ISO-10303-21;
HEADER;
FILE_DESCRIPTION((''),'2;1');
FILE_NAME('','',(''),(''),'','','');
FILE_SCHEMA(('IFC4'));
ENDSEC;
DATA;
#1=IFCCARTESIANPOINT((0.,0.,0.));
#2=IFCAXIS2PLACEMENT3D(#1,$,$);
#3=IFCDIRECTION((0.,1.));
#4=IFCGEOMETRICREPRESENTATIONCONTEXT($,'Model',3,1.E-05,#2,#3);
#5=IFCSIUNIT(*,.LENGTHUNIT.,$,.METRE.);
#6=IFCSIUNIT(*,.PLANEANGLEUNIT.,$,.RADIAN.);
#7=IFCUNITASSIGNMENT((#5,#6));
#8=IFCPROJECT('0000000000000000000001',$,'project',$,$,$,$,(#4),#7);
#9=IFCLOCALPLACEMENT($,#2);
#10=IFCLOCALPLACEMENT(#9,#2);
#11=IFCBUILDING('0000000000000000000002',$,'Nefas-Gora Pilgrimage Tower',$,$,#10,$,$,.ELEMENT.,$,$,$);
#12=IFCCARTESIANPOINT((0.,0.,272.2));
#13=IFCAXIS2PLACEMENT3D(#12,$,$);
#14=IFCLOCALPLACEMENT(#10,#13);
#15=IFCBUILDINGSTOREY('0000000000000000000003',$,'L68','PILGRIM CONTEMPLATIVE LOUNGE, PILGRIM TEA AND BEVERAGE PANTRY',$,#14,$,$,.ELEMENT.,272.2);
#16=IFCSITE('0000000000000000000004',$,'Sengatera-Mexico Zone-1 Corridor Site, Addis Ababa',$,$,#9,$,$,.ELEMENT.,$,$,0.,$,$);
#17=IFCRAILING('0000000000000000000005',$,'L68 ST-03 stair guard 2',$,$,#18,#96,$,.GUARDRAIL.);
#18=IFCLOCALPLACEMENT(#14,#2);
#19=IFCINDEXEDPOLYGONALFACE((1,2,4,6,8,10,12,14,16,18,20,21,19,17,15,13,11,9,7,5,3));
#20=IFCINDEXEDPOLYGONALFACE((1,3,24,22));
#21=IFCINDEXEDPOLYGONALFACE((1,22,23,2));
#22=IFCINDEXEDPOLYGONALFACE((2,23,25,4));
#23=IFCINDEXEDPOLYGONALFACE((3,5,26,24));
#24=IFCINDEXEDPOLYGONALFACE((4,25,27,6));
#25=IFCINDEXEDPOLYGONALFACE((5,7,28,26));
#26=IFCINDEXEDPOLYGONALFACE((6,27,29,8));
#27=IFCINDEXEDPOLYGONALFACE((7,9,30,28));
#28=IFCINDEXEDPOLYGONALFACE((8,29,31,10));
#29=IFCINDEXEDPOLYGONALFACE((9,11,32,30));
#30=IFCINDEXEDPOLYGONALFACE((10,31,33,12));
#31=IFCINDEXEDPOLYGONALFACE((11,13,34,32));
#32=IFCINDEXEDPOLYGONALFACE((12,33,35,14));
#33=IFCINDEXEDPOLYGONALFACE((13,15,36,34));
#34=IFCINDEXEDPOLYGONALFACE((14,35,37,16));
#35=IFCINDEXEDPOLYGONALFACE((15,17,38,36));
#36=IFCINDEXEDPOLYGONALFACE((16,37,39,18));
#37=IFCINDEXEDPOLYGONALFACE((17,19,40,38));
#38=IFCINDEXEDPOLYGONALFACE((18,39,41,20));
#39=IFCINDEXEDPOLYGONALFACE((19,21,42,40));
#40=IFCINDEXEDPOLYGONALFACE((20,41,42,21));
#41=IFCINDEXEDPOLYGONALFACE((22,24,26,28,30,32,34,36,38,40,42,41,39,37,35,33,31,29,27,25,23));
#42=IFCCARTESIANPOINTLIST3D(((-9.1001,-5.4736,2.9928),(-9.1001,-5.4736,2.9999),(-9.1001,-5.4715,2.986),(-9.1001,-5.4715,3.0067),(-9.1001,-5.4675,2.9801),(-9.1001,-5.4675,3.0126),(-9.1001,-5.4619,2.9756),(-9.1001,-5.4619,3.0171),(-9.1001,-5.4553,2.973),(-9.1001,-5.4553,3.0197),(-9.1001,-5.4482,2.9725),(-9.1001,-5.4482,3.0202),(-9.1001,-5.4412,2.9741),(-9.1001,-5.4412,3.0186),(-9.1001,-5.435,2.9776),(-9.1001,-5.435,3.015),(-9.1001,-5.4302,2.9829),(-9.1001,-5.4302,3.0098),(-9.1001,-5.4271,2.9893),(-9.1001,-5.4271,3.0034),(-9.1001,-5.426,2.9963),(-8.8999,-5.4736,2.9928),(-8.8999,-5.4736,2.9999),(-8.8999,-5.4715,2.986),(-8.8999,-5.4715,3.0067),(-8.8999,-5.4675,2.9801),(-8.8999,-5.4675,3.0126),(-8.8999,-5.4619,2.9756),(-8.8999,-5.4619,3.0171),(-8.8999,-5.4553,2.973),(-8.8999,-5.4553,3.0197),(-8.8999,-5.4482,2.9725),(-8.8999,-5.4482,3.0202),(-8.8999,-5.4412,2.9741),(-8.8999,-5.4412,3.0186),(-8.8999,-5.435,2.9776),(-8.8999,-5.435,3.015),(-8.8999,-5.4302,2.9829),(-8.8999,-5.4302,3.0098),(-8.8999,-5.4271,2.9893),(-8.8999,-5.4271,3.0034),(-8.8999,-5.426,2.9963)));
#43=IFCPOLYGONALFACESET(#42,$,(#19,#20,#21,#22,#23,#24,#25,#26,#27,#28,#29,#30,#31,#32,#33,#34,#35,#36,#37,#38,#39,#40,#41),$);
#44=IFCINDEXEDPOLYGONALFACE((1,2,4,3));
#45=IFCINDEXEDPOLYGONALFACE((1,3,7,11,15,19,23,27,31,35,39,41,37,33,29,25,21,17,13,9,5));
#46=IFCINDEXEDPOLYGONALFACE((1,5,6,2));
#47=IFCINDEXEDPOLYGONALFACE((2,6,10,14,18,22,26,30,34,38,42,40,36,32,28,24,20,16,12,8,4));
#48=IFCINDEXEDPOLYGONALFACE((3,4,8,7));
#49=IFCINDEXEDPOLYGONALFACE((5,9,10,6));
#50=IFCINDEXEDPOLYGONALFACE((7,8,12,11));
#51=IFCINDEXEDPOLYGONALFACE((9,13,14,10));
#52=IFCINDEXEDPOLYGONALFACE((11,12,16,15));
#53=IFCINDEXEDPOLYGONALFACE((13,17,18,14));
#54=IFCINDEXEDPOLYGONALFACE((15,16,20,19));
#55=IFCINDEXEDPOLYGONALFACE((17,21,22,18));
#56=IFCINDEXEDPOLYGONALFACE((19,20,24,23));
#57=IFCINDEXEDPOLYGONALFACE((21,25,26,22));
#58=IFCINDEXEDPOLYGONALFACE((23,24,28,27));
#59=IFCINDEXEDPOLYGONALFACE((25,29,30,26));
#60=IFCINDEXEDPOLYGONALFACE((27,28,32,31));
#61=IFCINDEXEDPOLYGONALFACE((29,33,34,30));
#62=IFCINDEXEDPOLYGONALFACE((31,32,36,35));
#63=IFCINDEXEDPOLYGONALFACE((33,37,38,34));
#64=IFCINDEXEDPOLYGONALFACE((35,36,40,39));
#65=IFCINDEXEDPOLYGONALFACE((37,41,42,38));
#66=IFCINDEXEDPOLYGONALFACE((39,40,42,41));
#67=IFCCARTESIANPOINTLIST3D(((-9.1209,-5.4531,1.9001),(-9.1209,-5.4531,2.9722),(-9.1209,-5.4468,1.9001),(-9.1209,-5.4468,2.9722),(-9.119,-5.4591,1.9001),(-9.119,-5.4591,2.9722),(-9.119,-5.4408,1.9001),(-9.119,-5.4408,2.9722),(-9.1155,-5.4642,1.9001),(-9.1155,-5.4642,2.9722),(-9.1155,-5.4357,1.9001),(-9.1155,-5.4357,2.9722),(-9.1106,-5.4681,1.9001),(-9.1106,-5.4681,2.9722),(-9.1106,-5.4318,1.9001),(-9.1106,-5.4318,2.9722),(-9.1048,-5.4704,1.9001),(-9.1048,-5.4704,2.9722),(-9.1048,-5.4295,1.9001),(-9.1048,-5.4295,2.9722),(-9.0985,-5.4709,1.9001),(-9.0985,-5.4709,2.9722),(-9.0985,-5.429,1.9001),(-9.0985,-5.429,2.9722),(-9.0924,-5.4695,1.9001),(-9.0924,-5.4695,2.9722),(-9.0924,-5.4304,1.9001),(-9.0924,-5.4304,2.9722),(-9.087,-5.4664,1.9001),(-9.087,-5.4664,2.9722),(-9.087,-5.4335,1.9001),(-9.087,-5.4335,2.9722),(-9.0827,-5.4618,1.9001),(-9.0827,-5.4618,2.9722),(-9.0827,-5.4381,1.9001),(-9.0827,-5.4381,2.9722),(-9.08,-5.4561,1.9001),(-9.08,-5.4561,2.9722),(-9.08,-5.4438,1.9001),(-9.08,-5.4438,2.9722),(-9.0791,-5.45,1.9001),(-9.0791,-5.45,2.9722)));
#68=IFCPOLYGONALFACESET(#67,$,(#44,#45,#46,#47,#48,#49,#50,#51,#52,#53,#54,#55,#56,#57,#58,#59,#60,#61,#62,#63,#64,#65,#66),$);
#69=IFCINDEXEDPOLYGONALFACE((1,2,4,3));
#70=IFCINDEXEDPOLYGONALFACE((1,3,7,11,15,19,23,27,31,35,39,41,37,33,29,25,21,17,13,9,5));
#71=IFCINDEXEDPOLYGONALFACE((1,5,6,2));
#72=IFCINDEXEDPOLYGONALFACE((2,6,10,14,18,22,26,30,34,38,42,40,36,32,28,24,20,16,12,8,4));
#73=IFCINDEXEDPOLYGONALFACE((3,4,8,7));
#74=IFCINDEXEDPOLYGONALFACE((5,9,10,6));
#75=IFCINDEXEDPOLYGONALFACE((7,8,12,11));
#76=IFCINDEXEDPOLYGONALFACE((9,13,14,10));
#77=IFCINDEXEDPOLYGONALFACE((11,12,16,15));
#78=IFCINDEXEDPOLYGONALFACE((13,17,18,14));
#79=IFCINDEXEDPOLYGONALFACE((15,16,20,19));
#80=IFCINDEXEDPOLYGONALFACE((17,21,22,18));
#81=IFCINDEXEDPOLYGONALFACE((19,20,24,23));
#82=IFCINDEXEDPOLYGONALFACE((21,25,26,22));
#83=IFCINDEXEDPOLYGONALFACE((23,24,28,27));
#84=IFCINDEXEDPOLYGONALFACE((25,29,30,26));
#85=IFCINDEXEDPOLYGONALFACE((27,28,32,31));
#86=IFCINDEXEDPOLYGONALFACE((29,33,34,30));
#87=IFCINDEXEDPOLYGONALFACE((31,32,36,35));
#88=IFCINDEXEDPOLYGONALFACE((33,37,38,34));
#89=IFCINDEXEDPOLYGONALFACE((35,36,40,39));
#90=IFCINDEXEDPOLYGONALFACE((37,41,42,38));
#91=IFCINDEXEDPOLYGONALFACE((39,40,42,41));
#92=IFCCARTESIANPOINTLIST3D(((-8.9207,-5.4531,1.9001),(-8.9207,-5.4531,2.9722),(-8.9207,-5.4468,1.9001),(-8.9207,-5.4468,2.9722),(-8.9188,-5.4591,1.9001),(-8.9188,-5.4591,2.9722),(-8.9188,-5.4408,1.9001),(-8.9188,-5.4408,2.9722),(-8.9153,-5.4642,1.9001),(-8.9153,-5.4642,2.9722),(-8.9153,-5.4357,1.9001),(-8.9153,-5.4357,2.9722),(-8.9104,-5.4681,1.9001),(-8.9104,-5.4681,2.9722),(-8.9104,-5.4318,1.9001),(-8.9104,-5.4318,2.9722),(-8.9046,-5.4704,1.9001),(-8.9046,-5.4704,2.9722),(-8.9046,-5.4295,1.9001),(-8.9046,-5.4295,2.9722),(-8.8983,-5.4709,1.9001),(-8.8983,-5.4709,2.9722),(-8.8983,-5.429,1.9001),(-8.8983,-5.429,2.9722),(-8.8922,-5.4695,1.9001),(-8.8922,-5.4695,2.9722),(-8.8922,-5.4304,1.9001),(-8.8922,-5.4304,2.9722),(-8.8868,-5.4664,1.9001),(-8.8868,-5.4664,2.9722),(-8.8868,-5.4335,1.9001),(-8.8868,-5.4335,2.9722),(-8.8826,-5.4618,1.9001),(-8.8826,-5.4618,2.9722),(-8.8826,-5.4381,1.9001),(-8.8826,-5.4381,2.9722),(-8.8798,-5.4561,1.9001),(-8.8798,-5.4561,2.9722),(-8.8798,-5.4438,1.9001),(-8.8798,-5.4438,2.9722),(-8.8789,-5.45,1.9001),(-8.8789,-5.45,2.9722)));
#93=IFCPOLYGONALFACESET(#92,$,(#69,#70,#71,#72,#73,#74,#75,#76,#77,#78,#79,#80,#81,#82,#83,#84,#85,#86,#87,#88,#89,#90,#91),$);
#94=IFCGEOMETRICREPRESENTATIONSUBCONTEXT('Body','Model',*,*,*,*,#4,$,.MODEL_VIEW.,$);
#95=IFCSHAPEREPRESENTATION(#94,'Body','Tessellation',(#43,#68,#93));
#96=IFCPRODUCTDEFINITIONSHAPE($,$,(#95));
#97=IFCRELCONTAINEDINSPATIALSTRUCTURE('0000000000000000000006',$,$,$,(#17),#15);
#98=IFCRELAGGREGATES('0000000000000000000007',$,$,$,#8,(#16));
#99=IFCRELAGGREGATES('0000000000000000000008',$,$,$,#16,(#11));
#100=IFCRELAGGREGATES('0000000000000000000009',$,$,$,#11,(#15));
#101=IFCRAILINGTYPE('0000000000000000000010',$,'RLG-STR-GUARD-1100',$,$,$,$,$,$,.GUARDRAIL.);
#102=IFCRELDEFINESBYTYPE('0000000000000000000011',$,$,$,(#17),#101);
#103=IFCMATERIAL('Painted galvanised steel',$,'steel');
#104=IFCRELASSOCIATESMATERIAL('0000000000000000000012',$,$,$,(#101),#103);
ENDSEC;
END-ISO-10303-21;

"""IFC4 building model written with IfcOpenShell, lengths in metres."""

from ifc_helpers import new_model, si_unit, direction, frame, origin, origin_2d, place, context, subcontext, project, spatial, circle, extrude, material, type_object, element, save


model = new_model("IFC4")

# Units and contexts
model_context = context("Model", 3, precision=1e-05, world=origin(), true_north=direction((0.0, 1.0)))
body_context = subcontext(model_context, "Body", "Model", "MODEL_VIEW")
ifc_project = project(units=[si_unit("LENGTHUNIT", "METRE"), si_unit("PLANEANGLEUNIT", "RADIAN")], contexts=[model_context])

# Site, building, storey
site_placement = place(None, origin())
site = spatial("IfcSite", under=ifc_project, at=site_placement, Name="Sengatera-Mexico Zone-1 Corridor Site, Addis Ababa", CompositionType="ELEMENT", RefElevation=0.0)
building_placement = place(site_placement, origin())
building = spatial("IfcBuilding", under=site, at=building_placement, Name="Nefas-Gora Pilgrimage Tower", CompositionType="ELEMENT")
storey_placement = place(building_placement, frame((0.0, 0.0, 272.2)))
storey = spatial("IfcBuildingStorey", under=building, at=storey_placement, Name="L68", Description="PILGRIM CONTEMPLATIVE LOUNGE, PILGRIM TEA AND BEVERAGE PANTRY", CompositionType="ELEMENT", Elevation=272.2)

# Railing
ifc_material_1 = material(Name="Painted galvanised steel", Category="steel")
railing_type_1 = type_object("IfcRailingType", Name="RLG-STR-GUARD-1100", PredefinedType="GUARDRAIL", material=ifc_material_1)
railing_1_placement = place(storey_placement, frame((-9.1001, -5.45, 1.9001)))
element("IfcRailing", 1, at=railing_1_placement, inside=storey, type_object=railing_type_1, Name="L68 ST-03 stair guard 2", PredefinedType="GUARDRAIL", context=body_context, shape_type="SweptSolid", body=[
    extrude(circle(Radius=0.0239, at=origin_2d()), frame((0.0, 0.0, 1.0962), z_axis=(1.0, 0.0, 0.0), x_axis=(0.0, 1.0, 0.0)), (0.0, 0.0, 1.0), 0.2002),
    extrude(circle(Radius=0.021, at=origin_2d()), origin(), (0.0, 0.0, 1.0), 1.072),
    extrude(circle(Radius=0.021, at=origin_2d()), frame((0.2002, 0.0, 0.0)), (0.0, 0.0, 1.0), 1.072),
])

save(model, "model.ifc")
